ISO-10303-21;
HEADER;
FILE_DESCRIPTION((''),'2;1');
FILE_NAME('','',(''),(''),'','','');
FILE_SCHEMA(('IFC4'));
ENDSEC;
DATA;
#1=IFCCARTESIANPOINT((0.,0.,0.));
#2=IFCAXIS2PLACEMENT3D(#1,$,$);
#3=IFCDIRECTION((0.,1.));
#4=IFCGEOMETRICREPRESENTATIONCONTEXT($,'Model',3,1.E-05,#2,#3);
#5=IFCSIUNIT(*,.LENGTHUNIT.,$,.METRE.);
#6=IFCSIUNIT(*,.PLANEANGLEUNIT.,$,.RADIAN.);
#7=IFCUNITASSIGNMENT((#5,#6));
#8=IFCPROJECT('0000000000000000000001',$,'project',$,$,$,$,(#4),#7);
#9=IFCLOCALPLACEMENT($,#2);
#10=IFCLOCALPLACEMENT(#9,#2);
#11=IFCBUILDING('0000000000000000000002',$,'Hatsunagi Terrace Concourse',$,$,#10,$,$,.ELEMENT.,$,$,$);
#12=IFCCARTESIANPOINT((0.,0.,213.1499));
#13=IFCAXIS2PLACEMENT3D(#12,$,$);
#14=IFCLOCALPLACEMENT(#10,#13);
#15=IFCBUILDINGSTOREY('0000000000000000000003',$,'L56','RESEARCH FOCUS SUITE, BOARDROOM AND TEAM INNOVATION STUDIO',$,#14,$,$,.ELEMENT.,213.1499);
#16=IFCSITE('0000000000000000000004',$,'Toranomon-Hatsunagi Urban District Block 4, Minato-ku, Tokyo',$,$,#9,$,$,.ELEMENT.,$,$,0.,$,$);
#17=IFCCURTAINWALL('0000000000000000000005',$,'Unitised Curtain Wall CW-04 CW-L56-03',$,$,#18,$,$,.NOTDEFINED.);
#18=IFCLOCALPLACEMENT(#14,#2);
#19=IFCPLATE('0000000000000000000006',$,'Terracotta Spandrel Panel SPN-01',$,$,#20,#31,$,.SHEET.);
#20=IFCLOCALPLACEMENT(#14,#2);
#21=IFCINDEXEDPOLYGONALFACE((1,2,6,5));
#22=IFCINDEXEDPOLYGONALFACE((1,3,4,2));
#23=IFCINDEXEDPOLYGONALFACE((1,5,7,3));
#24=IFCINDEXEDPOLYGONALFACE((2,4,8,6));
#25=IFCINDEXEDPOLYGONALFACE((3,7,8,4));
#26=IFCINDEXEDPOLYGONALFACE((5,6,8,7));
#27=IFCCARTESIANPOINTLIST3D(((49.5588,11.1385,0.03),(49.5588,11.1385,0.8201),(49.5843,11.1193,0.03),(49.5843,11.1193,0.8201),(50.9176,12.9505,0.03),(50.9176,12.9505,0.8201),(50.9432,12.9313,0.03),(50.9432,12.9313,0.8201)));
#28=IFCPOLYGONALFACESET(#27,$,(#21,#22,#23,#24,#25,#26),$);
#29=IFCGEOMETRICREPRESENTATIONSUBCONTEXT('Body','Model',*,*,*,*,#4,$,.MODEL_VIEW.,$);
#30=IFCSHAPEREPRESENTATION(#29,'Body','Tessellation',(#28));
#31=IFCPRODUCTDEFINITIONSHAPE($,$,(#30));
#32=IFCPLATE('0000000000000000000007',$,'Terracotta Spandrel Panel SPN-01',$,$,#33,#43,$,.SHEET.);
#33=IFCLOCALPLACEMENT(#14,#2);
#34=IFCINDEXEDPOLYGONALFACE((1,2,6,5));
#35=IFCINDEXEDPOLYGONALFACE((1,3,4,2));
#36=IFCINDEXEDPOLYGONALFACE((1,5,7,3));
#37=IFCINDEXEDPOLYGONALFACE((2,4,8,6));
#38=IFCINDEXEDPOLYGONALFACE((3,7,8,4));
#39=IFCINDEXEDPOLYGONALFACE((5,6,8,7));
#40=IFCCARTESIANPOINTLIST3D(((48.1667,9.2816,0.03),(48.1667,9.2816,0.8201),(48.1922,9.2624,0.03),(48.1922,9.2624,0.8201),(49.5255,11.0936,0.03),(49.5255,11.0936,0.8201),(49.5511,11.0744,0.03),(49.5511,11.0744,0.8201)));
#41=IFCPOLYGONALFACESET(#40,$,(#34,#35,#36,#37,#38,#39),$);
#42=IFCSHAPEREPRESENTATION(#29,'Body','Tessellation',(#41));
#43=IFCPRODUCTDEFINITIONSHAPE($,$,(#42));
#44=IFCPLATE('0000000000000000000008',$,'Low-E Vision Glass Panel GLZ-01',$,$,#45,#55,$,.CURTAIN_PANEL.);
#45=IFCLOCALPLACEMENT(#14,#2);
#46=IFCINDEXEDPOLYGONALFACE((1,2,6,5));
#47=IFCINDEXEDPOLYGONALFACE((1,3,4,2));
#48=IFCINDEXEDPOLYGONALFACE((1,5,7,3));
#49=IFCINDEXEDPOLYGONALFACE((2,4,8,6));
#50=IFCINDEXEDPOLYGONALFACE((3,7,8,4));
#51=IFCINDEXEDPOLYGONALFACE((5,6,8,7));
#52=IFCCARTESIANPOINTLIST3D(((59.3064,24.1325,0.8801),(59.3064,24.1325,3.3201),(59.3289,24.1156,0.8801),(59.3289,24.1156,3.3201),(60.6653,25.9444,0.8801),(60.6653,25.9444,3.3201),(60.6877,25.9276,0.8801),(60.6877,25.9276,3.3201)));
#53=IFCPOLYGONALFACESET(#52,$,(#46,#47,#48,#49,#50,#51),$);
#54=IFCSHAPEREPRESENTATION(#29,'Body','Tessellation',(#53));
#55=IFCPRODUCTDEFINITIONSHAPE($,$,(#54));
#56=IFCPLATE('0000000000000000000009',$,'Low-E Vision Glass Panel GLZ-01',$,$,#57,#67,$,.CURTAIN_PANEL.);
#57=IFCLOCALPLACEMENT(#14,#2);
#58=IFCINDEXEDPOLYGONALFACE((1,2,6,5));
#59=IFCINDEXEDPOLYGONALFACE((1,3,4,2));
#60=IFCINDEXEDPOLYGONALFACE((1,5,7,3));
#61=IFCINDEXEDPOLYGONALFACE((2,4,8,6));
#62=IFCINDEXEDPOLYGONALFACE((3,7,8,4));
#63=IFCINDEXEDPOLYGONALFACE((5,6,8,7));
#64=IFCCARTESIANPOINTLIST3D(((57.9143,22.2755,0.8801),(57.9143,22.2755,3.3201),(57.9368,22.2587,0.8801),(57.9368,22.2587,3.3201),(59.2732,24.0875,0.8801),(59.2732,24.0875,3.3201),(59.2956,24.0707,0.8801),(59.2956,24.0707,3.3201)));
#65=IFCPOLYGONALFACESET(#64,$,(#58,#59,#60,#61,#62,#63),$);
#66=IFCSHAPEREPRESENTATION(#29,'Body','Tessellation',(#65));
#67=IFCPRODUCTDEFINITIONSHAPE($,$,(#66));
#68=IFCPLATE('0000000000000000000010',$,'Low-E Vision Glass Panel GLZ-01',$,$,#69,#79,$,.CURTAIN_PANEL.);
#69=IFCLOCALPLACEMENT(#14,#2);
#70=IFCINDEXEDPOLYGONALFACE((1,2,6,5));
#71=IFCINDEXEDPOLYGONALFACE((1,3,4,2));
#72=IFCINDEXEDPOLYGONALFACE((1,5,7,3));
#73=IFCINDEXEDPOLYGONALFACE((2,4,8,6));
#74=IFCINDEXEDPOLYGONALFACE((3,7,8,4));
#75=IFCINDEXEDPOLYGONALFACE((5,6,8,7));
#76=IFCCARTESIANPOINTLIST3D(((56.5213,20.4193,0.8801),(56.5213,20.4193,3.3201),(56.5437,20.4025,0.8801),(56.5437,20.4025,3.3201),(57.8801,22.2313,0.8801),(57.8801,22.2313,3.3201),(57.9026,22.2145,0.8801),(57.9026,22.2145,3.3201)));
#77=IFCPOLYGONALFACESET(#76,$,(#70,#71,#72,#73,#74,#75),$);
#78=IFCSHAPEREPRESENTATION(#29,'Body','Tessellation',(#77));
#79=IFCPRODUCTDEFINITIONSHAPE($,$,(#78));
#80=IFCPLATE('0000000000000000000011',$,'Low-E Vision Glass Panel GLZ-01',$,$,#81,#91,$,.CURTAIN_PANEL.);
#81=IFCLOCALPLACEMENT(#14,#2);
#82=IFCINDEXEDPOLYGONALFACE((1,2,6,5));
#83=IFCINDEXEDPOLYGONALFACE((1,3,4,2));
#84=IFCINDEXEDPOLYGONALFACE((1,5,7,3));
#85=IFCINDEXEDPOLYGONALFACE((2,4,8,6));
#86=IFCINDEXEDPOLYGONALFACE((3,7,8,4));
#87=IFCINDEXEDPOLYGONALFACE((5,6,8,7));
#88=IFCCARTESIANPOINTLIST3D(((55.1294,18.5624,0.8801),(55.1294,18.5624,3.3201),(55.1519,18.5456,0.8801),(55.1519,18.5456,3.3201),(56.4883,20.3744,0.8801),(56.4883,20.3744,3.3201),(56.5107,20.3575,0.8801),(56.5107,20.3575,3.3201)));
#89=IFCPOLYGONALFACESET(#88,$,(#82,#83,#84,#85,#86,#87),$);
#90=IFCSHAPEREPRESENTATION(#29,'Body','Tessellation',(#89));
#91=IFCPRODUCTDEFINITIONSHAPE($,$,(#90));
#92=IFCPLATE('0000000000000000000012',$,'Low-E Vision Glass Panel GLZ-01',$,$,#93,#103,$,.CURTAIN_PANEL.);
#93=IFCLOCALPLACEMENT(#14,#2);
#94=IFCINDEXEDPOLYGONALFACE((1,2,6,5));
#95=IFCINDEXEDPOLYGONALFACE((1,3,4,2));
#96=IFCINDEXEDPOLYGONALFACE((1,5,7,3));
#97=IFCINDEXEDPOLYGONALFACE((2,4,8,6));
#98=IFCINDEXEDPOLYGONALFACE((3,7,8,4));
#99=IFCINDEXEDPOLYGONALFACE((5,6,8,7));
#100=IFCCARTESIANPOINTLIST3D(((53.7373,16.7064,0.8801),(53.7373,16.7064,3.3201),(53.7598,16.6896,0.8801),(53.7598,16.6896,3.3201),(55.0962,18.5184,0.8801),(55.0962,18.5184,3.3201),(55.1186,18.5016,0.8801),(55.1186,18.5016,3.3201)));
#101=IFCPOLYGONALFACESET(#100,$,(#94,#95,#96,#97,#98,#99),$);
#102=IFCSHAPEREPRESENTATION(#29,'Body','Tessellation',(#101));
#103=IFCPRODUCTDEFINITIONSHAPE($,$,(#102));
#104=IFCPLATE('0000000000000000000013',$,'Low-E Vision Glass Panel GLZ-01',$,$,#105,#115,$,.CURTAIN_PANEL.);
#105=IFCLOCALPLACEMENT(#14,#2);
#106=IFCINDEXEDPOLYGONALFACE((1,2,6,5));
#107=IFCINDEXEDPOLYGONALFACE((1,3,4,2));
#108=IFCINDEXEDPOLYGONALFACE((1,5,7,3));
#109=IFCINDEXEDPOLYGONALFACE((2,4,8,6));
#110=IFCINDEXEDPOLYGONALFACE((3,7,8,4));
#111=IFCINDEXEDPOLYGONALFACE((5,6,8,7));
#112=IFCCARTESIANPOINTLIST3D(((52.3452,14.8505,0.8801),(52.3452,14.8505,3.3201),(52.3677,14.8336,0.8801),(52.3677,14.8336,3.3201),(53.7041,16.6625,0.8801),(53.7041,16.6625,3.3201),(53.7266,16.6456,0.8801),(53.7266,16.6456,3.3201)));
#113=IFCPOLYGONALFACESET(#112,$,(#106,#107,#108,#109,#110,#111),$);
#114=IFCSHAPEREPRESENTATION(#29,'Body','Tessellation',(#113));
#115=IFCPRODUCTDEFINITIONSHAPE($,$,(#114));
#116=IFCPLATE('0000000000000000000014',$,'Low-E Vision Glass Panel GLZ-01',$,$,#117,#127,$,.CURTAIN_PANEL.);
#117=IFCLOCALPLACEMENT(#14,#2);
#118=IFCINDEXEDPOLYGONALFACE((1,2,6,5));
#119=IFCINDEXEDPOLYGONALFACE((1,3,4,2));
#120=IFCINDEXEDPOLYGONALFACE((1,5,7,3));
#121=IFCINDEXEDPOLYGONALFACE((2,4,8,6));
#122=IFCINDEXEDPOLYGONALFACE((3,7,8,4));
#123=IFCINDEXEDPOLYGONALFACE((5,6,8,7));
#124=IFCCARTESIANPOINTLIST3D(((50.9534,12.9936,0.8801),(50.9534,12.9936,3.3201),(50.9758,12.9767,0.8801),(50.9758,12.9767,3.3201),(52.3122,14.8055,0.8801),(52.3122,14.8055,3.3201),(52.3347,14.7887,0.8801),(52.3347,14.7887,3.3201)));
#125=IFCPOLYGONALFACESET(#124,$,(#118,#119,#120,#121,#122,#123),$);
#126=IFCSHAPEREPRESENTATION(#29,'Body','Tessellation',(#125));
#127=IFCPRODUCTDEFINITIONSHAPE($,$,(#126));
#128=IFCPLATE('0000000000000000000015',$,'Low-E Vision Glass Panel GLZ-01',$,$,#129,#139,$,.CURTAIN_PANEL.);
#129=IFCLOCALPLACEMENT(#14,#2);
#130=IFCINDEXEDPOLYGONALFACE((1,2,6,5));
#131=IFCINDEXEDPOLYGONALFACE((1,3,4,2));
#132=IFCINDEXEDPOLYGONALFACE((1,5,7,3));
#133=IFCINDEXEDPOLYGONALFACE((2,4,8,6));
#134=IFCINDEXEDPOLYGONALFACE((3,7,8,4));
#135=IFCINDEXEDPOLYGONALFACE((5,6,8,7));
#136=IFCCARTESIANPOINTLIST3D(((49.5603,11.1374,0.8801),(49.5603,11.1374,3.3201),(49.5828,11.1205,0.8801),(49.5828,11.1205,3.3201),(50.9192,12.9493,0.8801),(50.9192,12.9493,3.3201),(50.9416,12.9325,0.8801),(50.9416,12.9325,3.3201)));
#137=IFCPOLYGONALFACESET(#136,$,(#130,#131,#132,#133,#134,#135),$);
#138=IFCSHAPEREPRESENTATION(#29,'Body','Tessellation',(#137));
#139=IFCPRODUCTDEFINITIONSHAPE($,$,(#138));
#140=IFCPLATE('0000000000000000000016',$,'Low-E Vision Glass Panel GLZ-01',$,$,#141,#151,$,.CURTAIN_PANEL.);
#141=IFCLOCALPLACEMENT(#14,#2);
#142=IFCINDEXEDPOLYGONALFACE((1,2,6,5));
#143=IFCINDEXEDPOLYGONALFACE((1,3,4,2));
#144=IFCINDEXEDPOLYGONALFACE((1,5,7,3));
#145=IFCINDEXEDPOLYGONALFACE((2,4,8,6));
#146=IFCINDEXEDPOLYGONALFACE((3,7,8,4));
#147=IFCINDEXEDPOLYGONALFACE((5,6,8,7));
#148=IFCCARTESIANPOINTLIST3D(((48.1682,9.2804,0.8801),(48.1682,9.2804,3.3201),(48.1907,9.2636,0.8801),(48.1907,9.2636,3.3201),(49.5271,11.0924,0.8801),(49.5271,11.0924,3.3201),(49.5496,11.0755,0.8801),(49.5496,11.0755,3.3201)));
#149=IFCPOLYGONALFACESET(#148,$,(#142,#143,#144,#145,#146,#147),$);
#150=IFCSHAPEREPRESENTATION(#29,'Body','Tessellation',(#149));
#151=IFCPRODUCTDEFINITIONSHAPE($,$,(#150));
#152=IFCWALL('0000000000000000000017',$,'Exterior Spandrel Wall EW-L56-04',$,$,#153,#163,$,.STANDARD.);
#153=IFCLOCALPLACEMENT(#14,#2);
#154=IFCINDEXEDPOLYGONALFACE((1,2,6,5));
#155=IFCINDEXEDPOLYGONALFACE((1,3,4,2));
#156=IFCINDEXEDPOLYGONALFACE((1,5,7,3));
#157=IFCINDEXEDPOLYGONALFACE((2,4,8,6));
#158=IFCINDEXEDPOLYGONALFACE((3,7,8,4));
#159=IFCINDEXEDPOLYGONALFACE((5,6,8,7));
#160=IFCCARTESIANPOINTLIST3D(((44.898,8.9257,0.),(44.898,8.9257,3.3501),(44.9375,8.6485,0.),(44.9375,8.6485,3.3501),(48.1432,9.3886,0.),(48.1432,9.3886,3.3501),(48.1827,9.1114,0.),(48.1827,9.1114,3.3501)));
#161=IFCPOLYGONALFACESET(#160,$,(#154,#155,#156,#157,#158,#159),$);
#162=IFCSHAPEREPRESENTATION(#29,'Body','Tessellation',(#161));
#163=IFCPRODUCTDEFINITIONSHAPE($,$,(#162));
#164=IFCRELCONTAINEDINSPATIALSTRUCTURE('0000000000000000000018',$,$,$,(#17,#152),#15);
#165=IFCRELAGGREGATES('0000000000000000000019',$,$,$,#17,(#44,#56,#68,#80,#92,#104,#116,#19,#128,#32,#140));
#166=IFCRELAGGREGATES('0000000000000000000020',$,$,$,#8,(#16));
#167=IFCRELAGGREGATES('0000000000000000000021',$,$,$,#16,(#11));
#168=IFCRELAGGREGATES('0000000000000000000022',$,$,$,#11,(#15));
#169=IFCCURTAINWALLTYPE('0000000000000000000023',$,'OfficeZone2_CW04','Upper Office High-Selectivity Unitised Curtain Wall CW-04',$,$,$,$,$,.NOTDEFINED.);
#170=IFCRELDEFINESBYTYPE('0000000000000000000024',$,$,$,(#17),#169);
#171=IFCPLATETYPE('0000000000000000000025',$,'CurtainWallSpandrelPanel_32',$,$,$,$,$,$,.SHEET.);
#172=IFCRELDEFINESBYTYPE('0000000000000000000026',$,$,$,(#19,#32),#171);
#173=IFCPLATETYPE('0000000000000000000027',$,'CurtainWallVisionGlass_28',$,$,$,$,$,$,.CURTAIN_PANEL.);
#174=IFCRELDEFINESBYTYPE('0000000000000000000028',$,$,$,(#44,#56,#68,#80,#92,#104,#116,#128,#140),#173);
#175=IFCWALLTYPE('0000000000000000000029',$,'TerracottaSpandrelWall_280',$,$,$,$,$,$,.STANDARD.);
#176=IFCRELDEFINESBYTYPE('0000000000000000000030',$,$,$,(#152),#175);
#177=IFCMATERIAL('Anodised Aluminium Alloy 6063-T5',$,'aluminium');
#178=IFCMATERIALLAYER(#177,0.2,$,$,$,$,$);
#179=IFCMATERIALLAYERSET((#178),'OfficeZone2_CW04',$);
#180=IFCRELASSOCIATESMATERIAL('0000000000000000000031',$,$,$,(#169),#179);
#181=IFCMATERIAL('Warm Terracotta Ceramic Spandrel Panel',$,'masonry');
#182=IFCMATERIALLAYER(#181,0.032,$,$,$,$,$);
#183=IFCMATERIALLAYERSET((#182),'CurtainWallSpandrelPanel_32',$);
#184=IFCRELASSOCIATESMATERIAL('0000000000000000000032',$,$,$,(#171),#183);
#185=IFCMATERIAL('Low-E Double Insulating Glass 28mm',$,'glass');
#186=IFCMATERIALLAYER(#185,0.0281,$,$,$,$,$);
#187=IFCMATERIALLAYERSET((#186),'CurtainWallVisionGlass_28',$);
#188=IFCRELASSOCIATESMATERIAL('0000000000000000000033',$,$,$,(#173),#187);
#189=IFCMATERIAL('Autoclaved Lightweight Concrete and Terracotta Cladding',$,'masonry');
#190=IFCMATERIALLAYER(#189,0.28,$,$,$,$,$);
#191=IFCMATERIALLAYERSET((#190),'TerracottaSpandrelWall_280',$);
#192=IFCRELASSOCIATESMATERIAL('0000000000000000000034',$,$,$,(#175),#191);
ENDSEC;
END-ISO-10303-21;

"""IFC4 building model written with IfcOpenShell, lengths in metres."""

from ifc_helpers import new_model, si_unit, direction, frame, frame_2d, origin, origin_2d, place, context, subcontext, project, spatial, rectangle, extrude, material, layer, layer_set, type_object, element, aggregate, save


model = new_model("IFC4")

# Units and contexts
model_context = context("Model", 3, precision=1e-05, world=origin(), true_north=direction((0.0, 1.0)))
body_context = subcontext(model_context, "Body", "Model", "MODEL_VIEW")
ifc_project = project(units=[si_unit("LENGTHUNIT", "METRE"), si_unit("PLANEANGLEUNIT", "RADIAN")], contexts=[model_context])

# Site, building, storey
site_placement = place(None, origin())
site = spatial("IfcSite", under=ifc_project, at=site_placement, Name="Toranomon-Hatsunagi Urban District Block 4, Minato-ku, Tokyo", CompositionType="ELEMENT", RefElevation=0.0)
building_placement = place(site_placement, origin())
building = spatial("IfcBuilding", under=site, at=building_placement, Name="Hatsunagi Terrace Concourse", CompositionType="ELEMENT")
storey_placement = place(building_placement, frame((0.0, 0.0, 213.1499)))
storey = spatial("IfcBuildingStorey", under=building, at=storey_placement, Name="L56", Description="RESEARCH FOCUS SUITE, BOARDROOM AND TEAM INNOVATION STUDIO", CompositionType="ELEMENT", Elevation=213.1499)

# Curtain wall
ifc_material_1 = material(Name="Anodised Aluminium Alloy 6063-T5", Category="aluminium")
ifc_layer_1 = layer(ifc_material_1, 0.2)
ifc_layer_set_1 = layer_set([ifc_layer_1], Name="OfficeZone2_CW04")
curtain_wall_type = type_object("IfcCurtainWallType", Name="OfficeZone2_CW04", Description="Upper Office High-Selectivity Unitised Curtain Wall CW-04", PredefinedType="NOTDEFINED", material=ifc_layer_set_1)
curtain_wall_placement = place(storey_placement, origin())
curtain_wall = element("IfcCurtainWall", 1, at=curtain_wall_placement, inside=storey, type_object=curtain_wall_type, Name="Unitised Curtain Wall CW-04 CW-L56-03", PredefinedType="NOTDEFINED")

# Plates
ifc_material_2 = material(Name="Warm Terracotta Ceramic Spandrel Panel", Category="masonry")
ifc_layer_2 = layer(ifc_material_2, 0.032)
ifc_layer_set_2 = layer_set([ifc_layer_2], Name="CurtainWallSpandrelPanel_32")
plate_type_1 = type_object("IfcPlateType", Name="CurtainWallSpandrelPanel_32", PredefinedType="SHEET", material=ifc_layer_set_2)
plate_1_placement = place(storey_placement, frame((50.251, 12.0349, 0.03), z_axis=(0.0, 0.0, 1.0), x_axis=(-0.599969, -0.800023, 0.0)))
plate_1 = element("IfcPlate", 2, at=plate_1_placement, type_object=plate_type_1, Name="Terracotta Spandrel Panel SPN-01", PredefinedType="SHEET", context=body_context, shape_type="SweptSolid", body=[
    extrude(rectangle(XDim=2.2649, YDim=0.032, at=origin_2d()), origin(), (0.0, 0.0, 1.0), 0.79),
])
plate_2_placement = place(storey_placement, frame((48.8589, 10.178, 0.03), z_axis=(0.0, 0.0, 1.0), x_axis=(-0.599969, -0.800023, 0.0)))
plate_2 = element("IfcPlate", 3, at=plate_2_placement, type_object=plate_type_1, Name="Terracotta Spandrel Panel SPN-01", PredefinedType="SHEET", context=body_context, shape_type="SweptSolid", body=[
    extrude(rectangle(XDim=2.2649, YDim=0.032, at=origin_2d()), origin(), (0.0, 0.0, 1.0), 0.79),
])
ifc_material_3 = material(Name="Low-E Double Insulating Glass 28mm", Category="glass")
ifc_layer_3 = layer(ifc_material_3, 0.0281)
ifc_layer_set_3 = layer_set([ifc_layer_3], Name="CurtainWallVisionGlass_28")
plate_type_2 = type_object("IfcPlateType", Name="CurtainWallVisionGlass_28", PredefinedType="CURTAIN_PANEL", material=ifc_layer_set_3)
plate_3_placement = place(storey_placement, frame((59.9971, 25.03, 0.8801), z_axis=(0.0, 0.0, 1.0), x_axis=(-0.599969, -0.800023, 0.0)))
plate_3 = element("IfcPlate", 4, at=plate_3_placement, type_object=plate_type_2, Name="Low-E Vision Glass Panel GLZ-01", PredefinedType="CURTAIN_PANEL", context=body_context, shape_type="SweptSolid", body=[
    extrude(rectangle(XDim=2.2649, YDim=0.0281, at=origin_2d()), origin(), (0.0, 0.0, 1.0), 2.4399),
])
plate_4_placement = place(storey_placement, frame((58.605, 23.1731, 0.8801), z_axis=(0.0, 0.0, 1.0), x_axis=(-0.599969, -0.800023, 0.0)))
plate_4 = element("IfcPlate", 5, at=plate_4_placement, type_object=plate_type_2, Name="Low-E Vision Glass Panel GLZ-01", PredefinedType="CURTAIN_PANEL", context=body_context, shape_type="SweptSolid", body=[
    extrude(rectangle(XDim=2.2649, YDim=0.0281, at=origin_2d()), origin(), (0.0, 0.0, 1.0), 2.4399),
])
plate_5_placement = place(storey_placement, frame((57.2119, 21.3169, 0.8801), z_axis=(0.0, 0.0, 1.0), x_axis=(-0.599969, -0.800023, 0.0)))
plate_5 = element("IfcPlate", 6, at=plate_5_placement, type_object=plate_type_2, Name="Low-E Vision Glass Panel GLZ-01", PredefinedType="CURTAIN_PANEL", context=body_context, shape_type="SweptSolid", body=[
    extrude(rectangle(XDim=2.2649, YDim=0.0281, at=origin_2d()), origin(), (0.0, 0.0, 1.0), 2.4399),
])
plate_6_placement = place(storey_placement, frame((55.8201, 19.46, 0.8801), z_axis=(0.0, 0.0, 1.0), x_axis=(-0.599969, -0.800023, 0.0)))
plate_6 = element("IfcPlate", 7, at=plate_6_placement, type_object=plate_type_2, Name="Low-E Vision Glass Panel GLZ-01", PredefinedType="CURTAIN_PANEL", context=body_context, shape_type="SweptSolid", body=[
    extrude(rectangle(XDim=2.2649, YDim=0.0281, at=origin_2d()), origin(), (0.0, 0.0, 1.0), 2.4399),
])
plate_7_placement = place(storey_placement, frame((54.428, 17.604, 0.8801), z_axis=(0.0, 0.0, 1.0), x_axis=(-0.599969, -0.800023, 0.0)))
plate_7 = element("IfcPlate", 8, at=plate_7_placement, type_object=plate_type_2, Name="Low-E Vision Glass Panel GLZ-01", PredefinedType="CURTAIN_PANEL", context=body_context, shape_type="SweptSolid", body=[
    extrude(rectangle(XDim=2.2649, YDim=0.0281, at=origin_2d()), origin(), (0.0, 0.0, 1.0), 2.4399),
])
plate_8_placement = place(storey_placement, frame((53.0359, 15.748, 0.8801), z_axis=(0.0, 0.0, 1.0), x_axis=(-0.599969, -0.800023, 0.0)))
plate_8 = element("IfcPlate", 9, at=plate_8_placement, type_object=plate_type_2, Name="Low-E Vision Glass Panel GLZ-01", PredefinedType="CURTAIN_PANEL", context=body_context, shape_type="SweptSolid", body=[
    extrude(rectangle(XDim=2.2649, YDim=0.0281, at=origin_2d()), origin(), (0.0, 0.0, 1.0), 2.4399),
])
plate_9_placement = place(storey_placement, frame((51.644, 13.8911, 0.8801), z_axis=(0.0, 0.0, 1.0), x_axis=(-0.599969, -0.800023, 0.0)))
plate_9 = element("IfcPlate", 10, at=plate_9_placement, type_object=plate_type_2, Name="Low-E Vision Glass Panel GLZ-01", PredefinedType="CURTAIN_PANEL", context=body_context, shape_type="SweptSolid", body=[
    extrude(rectangle(XDim=2.2649, YDim=0.0281, at=origin_2d()), origin(), (0.0, 0.0, 1.0), 2.4399),
])
plate_10_placement = place(storey_placement, frame((50.251, 12.0349, 0.8801), z_axis=(0.0, 0.0, 1.0), x_axis=(-0.599969, -0.800023, 0.0)))
plate_10 = element("IfcPlate", 11, at=plate_10_placement, type_object=plate_type_2, Name="Low-E Vision Glass Panel GLZ-01", PredefinedType="CURTAIN_PANEL", context=body_context, shape_type="SweptSolid", body=[
    extrude(rectangle(XDim=2.2649, YDim=0.0281, at=origin_2d()), origin(), (0.0, 0.0, 1.0), 2.4399),
])
plate_11_placement = place(storey_placement, frame((48.8589, 10.178, 0.8801), z_axis=(0.0, 0.0, 1.0), x_axis=(-0.599969, -0.800023, 0.0)))
plate_11 = element("IfcPlate", 12, at=plate_11_placement, type_object=plate_type_2, Name="Low-E Vision Glass Panel GLZ-01", PredefinedType="CURTAIN_PANEL", context=body_context, shape_type="SweptSolid", body=[
    extrude(rectangle(XDim=2.2649, YDim=0.0281, at=origin_2d()), origin(), (0.0, 0.0, 1.0), 2.4399),
])
aggregate(curtain_wall, [plate_3, plate_4, plate_5, plate_6, plate_7, plate_8, plate_9, plate_1, plate_10, plate_2, plate_11])

# Wall
ifc_material_4 = material(Name="Autoclaved Lightweight Concrete and Terracotta Cladding", Category="masonry")
ifc_layer_4 = layer(ifc_material_4, 0.28)
ifc_layer_set_4 = layer_set([ifc_layer_4], Name="TerracottaSpandrelWall_280")
wall_type = type_object("IfcWallType", Name="TerracottaSpandrelWall_280", PredefinedType="STANDARD", material=ifc_layer_set_4)
wall_placement = place(storey_placement, frame((48.1631, 9.25, 0.0), z_axis=(0.0, 0.0, 1.0), x_axis=(-0.989979, -0.141213, 0.0)))
element("IfcWall", 13, at=wall_placement, inside=storey, type_object=wall_type, Name="Exterior Spandrel Wall EW-L56-04", PredefinedType="STANDARD", context=body_context, shape_type="SweptSolid", body=[
    extrude(rectangle(XDim=3.2781, YDim=0.28, at=frame_2d((1.6392, 0.0))), origin(), (0.0, 0.0, 1.0), 3.3501),
])

save(model, "model.ifc")
